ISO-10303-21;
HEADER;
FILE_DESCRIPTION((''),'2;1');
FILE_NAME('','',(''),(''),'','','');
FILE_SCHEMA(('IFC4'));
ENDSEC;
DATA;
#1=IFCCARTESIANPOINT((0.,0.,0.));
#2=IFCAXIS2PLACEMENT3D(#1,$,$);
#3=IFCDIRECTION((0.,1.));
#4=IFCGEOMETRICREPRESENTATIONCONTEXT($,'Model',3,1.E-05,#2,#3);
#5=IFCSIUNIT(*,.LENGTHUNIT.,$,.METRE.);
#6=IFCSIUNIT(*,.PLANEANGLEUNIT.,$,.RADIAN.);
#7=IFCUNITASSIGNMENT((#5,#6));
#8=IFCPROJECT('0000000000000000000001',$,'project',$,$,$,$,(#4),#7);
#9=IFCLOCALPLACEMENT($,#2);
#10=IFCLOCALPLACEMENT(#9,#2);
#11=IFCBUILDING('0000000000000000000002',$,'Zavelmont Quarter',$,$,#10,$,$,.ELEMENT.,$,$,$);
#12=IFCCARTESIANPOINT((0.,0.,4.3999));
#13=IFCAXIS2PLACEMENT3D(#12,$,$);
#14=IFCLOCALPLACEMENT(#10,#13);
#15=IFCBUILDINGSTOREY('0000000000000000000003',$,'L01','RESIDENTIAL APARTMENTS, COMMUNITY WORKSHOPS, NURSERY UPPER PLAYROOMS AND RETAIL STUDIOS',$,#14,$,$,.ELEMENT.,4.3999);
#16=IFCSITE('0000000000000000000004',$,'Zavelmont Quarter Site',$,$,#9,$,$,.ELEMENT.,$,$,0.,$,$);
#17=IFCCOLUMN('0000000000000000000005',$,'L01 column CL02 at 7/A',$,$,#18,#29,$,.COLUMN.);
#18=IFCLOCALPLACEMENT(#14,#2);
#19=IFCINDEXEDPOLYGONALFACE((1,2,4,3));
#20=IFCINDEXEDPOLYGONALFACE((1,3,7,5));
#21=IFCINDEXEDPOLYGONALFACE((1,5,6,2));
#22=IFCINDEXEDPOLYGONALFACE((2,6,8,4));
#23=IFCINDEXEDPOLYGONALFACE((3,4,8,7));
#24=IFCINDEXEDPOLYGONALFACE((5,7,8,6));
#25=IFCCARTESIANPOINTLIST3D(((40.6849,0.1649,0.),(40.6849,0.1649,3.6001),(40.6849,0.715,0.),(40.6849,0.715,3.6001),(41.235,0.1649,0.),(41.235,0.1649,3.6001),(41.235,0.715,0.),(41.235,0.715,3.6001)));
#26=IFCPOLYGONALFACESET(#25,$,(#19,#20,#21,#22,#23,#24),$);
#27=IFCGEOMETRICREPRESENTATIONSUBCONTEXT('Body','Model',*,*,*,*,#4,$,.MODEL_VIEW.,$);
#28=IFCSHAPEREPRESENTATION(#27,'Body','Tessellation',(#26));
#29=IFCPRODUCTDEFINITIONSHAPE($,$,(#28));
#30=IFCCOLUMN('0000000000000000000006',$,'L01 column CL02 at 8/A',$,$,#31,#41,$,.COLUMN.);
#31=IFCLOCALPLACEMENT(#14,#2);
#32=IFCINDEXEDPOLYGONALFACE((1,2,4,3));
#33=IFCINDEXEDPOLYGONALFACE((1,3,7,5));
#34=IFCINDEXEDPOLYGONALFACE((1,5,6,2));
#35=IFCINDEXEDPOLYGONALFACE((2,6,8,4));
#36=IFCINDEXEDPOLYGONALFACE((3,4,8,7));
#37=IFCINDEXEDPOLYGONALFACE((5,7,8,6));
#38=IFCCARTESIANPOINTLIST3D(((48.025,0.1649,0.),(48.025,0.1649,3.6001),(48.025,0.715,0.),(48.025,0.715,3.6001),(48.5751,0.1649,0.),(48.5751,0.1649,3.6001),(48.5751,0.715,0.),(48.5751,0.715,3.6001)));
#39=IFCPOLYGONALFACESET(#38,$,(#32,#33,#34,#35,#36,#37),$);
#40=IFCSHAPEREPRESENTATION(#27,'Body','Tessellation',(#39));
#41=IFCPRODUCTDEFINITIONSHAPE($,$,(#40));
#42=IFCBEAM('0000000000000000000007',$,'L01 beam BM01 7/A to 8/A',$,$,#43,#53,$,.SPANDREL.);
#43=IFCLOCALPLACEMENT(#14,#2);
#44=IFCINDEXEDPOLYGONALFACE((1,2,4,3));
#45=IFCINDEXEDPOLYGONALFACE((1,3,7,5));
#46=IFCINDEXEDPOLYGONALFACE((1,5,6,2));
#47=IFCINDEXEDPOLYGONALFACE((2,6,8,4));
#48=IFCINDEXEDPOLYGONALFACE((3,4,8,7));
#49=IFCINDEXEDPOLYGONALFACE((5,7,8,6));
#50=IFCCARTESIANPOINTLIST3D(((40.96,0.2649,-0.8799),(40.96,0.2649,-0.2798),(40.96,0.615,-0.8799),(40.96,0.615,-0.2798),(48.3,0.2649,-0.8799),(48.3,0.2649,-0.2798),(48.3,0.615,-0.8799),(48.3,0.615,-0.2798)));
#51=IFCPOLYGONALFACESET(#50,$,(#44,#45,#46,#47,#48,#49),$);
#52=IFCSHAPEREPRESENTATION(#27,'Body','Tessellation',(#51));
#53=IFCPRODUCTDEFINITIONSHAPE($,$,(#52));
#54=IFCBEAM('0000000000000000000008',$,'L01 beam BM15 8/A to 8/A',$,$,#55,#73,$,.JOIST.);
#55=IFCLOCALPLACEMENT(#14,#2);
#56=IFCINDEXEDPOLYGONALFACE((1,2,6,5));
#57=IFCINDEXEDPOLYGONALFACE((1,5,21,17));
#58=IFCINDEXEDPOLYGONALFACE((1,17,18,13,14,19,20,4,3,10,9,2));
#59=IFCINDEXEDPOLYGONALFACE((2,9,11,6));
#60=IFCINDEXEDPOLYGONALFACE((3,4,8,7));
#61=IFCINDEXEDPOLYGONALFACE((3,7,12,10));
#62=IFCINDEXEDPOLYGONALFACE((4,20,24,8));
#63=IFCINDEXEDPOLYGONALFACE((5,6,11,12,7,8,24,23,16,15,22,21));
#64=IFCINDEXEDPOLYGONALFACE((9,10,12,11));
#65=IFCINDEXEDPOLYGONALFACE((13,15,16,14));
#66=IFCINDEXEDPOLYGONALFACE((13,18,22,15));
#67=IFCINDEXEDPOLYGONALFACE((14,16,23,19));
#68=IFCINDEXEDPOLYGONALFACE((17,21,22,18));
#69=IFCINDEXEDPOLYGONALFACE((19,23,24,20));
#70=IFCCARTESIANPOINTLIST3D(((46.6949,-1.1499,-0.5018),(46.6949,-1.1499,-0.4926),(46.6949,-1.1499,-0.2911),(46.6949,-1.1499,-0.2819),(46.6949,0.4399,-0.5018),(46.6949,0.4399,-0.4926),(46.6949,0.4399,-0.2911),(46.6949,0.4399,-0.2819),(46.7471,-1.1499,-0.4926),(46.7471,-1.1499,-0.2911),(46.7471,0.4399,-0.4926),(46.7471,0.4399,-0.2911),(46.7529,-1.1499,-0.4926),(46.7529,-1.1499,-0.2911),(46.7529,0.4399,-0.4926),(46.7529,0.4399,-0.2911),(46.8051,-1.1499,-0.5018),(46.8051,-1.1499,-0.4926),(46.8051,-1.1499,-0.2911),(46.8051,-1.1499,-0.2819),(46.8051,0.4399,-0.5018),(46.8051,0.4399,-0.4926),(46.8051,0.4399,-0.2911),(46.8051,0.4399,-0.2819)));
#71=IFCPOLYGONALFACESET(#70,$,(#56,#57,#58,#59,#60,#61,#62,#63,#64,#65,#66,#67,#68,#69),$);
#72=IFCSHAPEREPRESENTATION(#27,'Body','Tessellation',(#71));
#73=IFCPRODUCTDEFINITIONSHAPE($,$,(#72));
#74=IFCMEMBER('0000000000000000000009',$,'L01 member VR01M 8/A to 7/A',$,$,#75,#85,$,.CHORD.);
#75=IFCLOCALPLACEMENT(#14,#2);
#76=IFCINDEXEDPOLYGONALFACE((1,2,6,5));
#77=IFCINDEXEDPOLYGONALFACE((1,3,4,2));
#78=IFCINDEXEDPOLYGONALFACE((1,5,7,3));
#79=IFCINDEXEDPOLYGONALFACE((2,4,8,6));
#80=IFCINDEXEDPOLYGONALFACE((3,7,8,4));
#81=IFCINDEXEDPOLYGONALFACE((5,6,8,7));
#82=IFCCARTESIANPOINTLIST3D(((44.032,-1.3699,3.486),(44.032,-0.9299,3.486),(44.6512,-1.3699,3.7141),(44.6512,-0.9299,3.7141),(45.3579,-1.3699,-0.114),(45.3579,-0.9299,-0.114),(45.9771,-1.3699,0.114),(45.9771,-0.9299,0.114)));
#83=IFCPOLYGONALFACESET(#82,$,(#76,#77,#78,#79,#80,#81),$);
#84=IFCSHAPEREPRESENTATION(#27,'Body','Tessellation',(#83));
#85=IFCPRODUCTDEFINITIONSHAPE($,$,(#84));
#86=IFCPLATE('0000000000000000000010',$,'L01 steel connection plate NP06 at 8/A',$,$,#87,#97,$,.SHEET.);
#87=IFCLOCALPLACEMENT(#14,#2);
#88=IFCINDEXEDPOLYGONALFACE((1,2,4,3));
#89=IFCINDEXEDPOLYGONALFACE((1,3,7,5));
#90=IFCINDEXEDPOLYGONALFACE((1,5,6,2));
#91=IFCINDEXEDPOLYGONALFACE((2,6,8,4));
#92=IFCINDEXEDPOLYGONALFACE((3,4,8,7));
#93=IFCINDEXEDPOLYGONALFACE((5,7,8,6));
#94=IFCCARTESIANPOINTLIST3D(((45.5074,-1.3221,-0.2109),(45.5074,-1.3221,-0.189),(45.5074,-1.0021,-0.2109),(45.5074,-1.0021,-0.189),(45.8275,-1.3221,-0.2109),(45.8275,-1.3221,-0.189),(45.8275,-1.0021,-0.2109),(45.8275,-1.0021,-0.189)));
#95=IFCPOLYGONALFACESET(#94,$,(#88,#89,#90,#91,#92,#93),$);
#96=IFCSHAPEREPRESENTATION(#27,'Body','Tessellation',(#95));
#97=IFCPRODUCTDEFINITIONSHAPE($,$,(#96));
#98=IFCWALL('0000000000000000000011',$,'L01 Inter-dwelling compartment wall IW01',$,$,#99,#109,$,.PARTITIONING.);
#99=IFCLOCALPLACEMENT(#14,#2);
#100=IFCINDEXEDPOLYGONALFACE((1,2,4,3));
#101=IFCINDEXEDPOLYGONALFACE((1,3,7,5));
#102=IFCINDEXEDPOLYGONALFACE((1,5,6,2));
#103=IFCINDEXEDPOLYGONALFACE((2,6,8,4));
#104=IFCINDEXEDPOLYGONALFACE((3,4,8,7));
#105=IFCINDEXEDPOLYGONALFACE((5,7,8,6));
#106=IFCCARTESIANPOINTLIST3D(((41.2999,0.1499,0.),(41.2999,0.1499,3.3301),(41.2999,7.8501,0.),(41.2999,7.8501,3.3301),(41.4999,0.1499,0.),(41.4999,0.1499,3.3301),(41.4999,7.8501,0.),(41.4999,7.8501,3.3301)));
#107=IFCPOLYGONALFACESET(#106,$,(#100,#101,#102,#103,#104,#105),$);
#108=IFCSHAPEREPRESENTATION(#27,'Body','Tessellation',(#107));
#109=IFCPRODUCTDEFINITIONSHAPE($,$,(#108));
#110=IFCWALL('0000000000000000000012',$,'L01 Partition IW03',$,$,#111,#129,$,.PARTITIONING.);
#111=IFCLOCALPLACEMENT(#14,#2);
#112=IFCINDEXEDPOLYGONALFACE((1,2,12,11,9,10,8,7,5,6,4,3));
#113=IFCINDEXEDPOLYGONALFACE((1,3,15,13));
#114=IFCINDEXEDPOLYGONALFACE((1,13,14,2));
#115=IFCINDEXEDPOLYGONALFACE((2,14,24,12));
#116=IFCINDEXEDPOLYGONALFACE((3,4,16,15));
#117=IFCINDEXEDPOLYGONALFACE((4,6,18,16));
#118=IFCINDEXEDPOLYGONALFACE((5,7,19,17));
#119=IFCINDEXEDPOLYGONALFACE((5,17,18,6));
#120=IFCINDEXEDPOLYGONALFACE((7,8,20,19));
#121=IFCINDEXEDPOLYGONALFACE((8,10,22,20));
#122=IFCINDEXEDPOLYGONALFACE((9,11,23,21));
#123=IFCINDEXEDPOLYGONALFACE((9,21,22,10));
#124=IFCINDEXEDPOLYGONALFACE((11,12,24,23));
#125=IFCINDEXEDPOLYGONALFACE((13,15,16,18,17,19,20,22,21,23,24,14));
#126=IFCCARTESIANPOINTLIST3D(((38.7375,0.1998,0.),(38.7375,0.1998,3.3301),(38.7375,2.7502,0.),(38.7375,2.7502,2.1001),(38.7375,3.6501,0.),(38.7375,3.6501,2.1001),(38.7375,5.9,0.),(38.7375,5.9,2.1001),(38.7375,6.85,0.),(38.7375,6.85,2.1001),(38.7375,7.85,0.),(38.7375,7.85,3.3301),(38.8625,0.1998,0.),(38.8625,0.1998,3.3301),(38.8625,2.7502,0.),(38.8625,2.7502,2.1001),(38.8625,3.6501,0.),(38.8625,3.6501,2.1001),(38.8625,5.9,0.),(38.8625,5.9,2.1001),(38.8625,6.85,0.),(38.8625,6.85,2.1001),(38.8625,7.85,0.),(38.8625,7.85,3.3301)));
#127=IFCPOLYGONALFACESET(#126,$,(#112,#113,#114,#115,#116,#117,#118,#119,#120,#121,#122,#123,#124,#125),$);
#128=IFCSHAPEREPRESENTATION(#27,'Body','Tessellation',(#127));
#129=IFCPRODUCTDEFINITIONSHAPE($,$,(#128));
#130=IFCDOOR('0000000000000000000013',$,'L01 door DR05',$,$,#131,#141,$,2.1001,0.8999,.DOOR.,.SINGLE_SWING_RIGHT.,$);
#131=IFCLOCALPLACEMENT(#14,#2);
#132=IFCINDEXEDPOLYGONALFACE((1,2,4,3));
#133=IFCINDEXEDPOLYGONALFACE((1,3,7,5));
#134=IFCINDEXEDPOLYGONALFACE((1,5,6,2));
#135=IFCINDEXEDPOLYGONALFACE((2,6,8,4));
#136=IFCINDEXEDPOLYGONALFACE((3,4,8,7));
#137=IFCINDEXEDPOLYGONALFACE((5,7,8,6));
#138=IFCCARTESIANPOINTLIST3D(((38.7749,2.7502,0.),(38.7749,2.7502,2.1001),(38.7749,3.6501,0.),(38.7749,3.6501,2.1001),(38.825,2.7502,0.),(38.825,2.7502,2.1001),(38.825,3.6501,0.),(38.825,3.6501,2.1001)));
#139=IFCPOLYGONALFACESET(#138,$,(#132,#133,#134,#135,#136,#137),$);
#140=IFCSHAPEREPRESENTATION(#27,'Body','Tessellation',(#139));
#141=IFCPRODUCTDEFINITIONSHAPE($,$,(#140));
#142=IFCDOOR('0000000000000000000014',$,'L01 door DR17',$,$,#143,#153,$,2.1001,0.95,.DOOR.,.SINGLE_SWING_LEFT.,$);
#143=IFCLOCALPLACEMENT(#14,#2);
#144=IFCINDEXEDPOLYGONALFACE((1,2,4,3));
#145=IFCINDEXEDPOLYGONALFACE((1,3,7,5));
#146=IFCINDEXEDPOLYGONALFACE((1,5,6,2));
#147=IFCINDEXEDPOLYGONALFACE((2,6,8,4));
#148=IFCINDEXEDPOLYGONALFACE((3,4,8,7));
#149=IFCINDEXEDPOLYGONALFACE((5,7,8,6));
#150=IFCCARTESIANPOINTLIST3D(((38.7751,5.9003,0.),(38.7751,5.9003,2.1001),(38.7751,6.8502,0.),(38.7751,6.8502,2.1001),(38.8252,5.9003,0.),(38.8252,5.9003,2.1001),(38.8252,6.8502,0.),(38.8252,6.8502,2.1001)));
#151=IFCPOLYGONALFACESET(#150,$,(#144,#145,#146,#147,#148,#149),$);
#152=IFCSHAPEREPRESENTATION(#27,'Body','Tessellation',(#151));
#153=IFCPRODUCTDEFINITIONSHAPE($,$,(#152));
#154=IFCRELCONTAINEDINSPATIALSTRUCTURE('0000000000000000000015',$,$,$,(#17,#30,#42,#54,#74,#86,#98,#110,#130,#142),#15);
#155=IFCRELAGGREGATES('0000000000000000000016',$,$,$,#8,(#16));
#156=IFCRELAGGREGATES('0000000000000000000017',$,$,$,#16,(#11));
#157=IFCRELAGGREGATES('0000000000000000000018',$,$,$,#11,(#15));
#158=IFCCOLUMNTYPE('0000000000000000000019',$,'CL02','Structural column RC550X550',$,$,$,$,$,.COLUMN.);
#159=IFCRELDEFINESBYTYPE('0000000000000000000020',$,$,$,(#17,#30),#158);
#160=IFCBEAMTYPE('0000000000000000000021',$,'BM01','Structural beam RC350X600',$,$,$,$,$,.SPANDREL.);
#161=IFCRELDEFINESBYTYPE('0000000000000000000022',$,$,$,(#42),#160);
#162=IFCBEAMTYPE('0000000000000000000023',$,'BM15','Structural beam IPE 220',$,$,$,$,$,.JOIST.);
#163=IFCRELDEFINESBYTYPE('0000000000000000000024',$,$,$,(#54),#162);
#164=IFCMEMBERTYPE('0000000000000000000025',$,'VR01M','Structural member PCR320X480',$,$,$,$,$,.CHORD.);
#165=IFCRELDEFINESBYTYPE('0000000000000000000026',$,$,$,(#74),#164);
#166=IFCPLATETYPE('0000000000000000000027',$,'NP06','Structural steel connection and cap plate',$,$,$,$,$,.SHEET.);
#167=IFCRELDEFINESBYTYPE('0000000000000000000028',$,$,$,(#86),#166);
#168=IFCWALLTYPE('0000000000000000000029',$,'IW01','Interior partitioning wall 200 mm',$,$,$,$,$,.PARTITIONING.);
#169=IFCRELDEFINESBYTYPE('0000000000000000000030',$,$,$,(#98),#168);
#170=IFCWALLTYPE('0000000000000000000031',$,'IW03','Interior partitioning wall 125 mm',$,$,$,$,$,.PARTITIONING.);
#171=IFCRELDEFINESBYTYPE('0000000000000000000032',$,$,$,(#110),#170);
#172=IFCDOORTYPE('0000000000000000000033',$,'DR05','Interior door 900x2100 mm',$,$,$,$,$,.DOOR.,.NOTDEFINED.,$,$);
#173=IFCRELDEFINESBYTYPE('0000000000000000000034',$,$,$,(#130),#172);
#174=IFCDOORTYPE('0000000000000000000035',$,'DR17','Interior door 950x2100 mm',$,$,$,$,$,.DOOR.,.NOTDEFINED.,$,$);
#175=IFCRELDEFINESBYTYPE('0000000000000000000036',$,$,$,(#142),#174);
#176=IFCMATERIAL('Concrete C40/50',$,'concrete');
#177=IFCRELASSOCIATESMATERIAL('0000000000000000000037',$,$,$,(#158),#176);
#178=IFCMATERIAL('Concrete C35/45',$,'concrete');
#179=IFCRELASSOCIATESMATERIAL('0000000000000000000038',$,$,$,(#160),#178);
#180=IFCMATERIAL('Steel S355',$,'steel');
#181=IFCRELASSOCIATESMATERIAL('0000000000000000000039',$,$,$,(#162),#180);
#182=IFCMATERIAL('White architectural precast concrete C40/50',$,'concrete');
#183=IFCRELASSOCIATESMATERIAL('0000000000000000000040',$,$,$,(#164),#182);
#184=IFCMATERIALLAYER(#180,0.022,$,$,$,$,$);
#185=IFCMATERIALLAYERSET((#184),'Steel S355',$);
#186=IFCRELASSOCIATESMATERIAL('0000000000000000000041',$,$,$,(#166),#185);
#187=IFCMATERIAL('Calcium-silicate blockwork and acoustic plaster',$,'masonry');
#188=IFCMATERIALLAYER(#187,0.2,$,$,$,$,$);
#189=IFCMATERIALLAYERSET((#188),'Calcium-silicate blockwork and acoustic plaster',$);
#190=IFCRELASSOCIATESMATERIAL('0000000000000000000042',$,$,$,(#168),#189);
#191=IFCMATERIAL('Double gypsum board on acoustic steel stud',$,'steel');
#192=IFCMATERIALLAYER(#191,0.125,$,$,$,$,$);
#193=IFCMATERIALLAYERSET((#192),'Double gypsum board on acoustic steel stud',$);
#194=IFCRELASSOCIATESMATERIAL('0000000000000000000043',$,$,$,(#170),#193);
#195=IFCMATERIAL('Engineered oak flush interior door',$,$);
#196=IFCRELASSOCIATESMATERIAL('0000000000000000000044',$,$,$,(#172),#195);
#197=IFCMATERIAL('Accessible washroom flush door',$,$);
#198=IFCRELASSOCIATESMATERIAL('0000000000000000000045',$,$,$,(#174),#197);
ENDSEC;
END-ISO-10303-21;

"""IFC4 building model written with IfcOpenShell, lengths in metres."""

from ifc_helpers import new_model, si_unit, direction, frame, frame_2d, origin, origin_with_axes, origin_2d, place, context, subcontext, project, spatial, rectangle, i_section, extrude, material, layer, layer_set, material_profile, profile_set, type_object, element, fill, save


model = new_model("IFC4")

# Units and contexts
model_context = context("Model", 3, precision=1e-05, world=origin(), true_north=direction((0.0, 1.0)))
body_context = subcontext(model_context, "Body", "Model", "MODEL_VIEW")
ifc_project = project(units=[si_unit("LENGTHUNIT", "METRE"), si_unit("PLANEANGLEUNIT", "RADIAN")], contexts=[model_context])

# Site, building, storey
site_placement = place(None, origin())
site = spatial("IfcSite", under=ifc_project, at=site_placement, Name="Zavelmont Quarter Site", CompositionType="ELEMENT", RefElevation=0.0)
building_placement = place(site_placement, origin())
building = spatial("IfcBuilding", under=site, at=building_placement, Name="Zavelmont Quarter", CompositionType="ELEMENT")
storey_placement = place(building_placement, frame((0.0, 0.0, 4.3999)))
storey = spatial("IfcBuildingStorey", under=building, at=storey_placement, Name="L01", Description="RESIDENTIAL APARTMENTS, COMMUNITY WORKSHOPS, NURSERY UPPER PLAYROOMS AND RETAIL STUDIOS", CompositionType="ELEMENT", Elevation=4.3999)

# Columns
ifc_material_1 = material(Name="Concrete C40/50", Category="concrete")
ifc_material_profile_1 = material_profile(ifc_material_1, rectangle(XDim=0.55, YDim=0.55, at=origin_2d()), Name="RC550X550")
ifc_profile_set_1 = profile_set([ifc_material_profile_1], Name="Concrete C40/50")
column_type = type_object("IfcColumnType", Name="CL02", Description="Structural column RC550X550", PredefinedType="COLUMN", material=ifc_profile_set_1)
for number, where, z_axis, x_axis, name in (
    (1, (40.96, 0.4399, 0.0), (0.0, 0.0, 1.0), (1.0, 0.0, 0.0), "L01 column CL02 at 7/A"),
    (2, (48.3, 0.4399, 0.0), (0.0, 0.0, 1.0), (1.0, 0.0, 0.0), "L01 column CL02 at 8/A"),
):
    element("IfcColumn", number, at=place(storey_placement, frame(where, z_axis=z_axis, x_axis=x_axis)), inside=storey, type_object=column_type, Name=name, PredefinedType="COLUMN", context=body_context, shape_type="SweptSolid", body=[
        extrude(rectangle(XDim=0.55, YDim=0.55, at=origin_2d()), origin(), (0.0, 0.0, 1.0), 3.6001),
    ])

# Beams
ifc_material_2 = material(Name="Concrete C35/45", Category="concrete")
ifc_material_profile_2 = material_profile(ifc_material_2, rectangle(XDim=0.3501, YDim=0.6001, at=origin_2d()), Name="RC350X600")
ifc_profile_set_2 = profile_set([ifc_material_profile_2], Name="Concrete C35/45")
beam_type_1 = type_object("IfcBeamType", Name="BM01", Description="Structural beam RC350X600", PredefinedType="SPANDREL", material=ifc_profile_set_2)
beam_1_placement = place(storey_placement, frame((40.96, 0.4399, -0.5798), z_axis=(1.0, 0.0, 0.0), x_axis=(0.0, 1.0, 0.0)))
element("IfcBeam", 3, at=beam_1_placement, inside=storey, type_object=beam_type_1, Name="L01 beam BM01 7/A to 8/A", PredefinedType="SPANDREL", context=body_context, shape_type="SweptSolid", body=[
    extrude(rectangle(XDim=0.3501, YDim=0.6001, at=origin_2d()), origin(), (0.0, 0.0, 1.0), 7.3401),
])
ifc_material_3 = material(Name="Steel S355", Category="steel")
ifc_material_profile_3 = material_profile(ifc_material_3, i_section(OverallWidth=0.1101, OverallDepth=0.22, WebThickness=0.0059, FlangeThickness=0.0093, at=origin_2d()), Name="IPE 220")
ifc_profile_set_3 = profile_set([ifc_material_profile_3], Name="Steel S355")
beam_type_2 = type_object("IfcBeamType", Name="BM15", Description="Structural beam IPE 220", PredefinedType="JOIST", material=ifc_profile_set_3)
beam_2_placement = place(storey_placement, frame((46.75, 0.4399, -0.3918), z_axis=(0.0, -1.0, 0.0), x_axis=(1.0, 0.0, 0.0)))
element("IfcBeam", 4, at=beam_2_placement, inside=storey, type_object=beam_type_2, Name="L01 beam BM15 8/A to 8/A", PredefinedType="JOIST", context=body_context, shape_type="SweptSolid", body=[
    extrude(i_section(OverallWidth=0.1101, OverallDepth=0.22, WebThickness=0.0059, FlangeThickness=0.0093, at=origin_2d()), origin(), (0.0, 0.0, 1.0), 1.5898),
])

# Member
ifc_material_4 = material(Name="White architectural precast concrete C40/50", Category="concrete")
ifc_material_profile_4 = material_profile(ifc_material_4, rectangle(XDim=0.4399, YDim=0.6599, at=origin_2d()), Name="PCR320X480")
ifc_profile_set_4 = profile_set([ifc_material_profile_4], Name="White architectural precast concrete C40/50")
member_type = type_object("IfcMemberType", Name="VR01M", Description="Structural member PCR320X480", PredefinedType="CHORD", material=ifc_profile_set_4)
member_placement = place(storey_placement, frame((45.6675, -1.1499, 0.0), z_axis=(-0.345608, 0.0, 0.938379), x_axis=(0.0, -1.0, 0.0)))
element("IfcMember", 5, at=member_placement, inside=storey, type_object=member_type, Name="L01 member VR01M 8/A to 7/A", PredefinedType="CHORD", context=body_context, shape_type="SweptSolid", body=[
    extrude(rectangle(XDim=0.4399, YDim=0.6599, at=origin_2d()), origin(), (0.0, 0.0, 1.0), 3.8364),
])

# Plate
ifc_layer_1 = layer(ifc_material_3, 0.022)
ifc_layer_set_1 = layer_set([ifc_layer_1], Name="Steel S355")
plate_type = type_object("IfcPlateType", Name="NP06", Description="Structural steel connection and cap plate", PredefinedType="SHEET", material=ifc_layer_set_1)
plate_placement = place(storey_placement, frame((45.6675, -1.1621, -0.2109), z_axis=(0.0, 0.0, 1.0), x_axis=(1.0, 0.0, 0.0)))
element("IfcPlate", 6, at=plate_placement, inside=storey, type_object=plate_type, Name="L01 steel connection plate NP06 at 8/A", PredefinedType="SHEET", context=body_context, shape_type="SweptSolid", body=[
    extrude(rectangle(XDim=0.3201, YDim=0.3201, at=origin_2d()), origin(), (0.0, 0.0, 1.0), 0.022),
])

# Wall
ifc_material_5 = material(Name="Calcium-silicate blockwork and acoustic plaster", Category="masonry")
ifc_layer_2 = layer(ifc_material_5, 0.2)
ifc_layer_set_2 = layer_set([ifc_layer_2], Name="Calcium-silicate blockwork and acoustic plaster")
wall_type_1 = type_object("IfcWallType", Name="IW01", Description="Interior partitioning wall 200 mm", PredefinedType="PARTITIONING", material=ifc_layer_set_2)
wall_1_placement = place(storey_placement, frame((41.3999, 7.8501, 0.0), z_axis=(0.0, 0.0, 1.0), x_axis=(0.0, -1.0, 0.0)))
element("IfcWall", 7, at=wall_1_placement, inside=storey, type_object=wall_type_1, Name="L01 Inter-dwelling compartment wall IW01", PredefinedType="PARTITIONING", context=body_context, shape_type="SweptSolid", body=[
    extrude(rectangle(XDim=7.7002, YDim=0.2, at=frame_2d((3.8501, 0.0))), origin(), (0.0, 0.0, 1.0), 3.3301),
])

# Wall, openings, doors
ifc_material_6 = material(Name="Double gypsum board on acoustic steel stud", Category="steel")
ifc_layer_3 = layer(ifc_material_6, 0.125)
ifc_layer_set_3 = layer_set([ifc_layer_3], Name="Double gypsum board on acoustic steel stud")
wall_type_2 = type_object("IfcWallType", Name="IW03", Description="Interior partitioning wall 125 mm", PredefinedType="PARTITIONING", material=ifc_layer_set_3)
wall_2_placement = place(storey_placement, frame((38.8, 7.8501, 0.0), z_axis=(0.0, 0.0, 1.0), x_axis=(0.0, -1.0, 0.0)))
wall_2 = element("IfcWall", 8, at=wall_2_placement, inside=storey, type_object=wall_type_2, Name="L01 Partition IW03", PredefinedType="PARTITIONING", context=body_context, shape_type="SweptSolid", body=[
    extrude(rectangle(XDim=7.6501, YDim=0.125, at=frame_2d((3.8252, 0.0))), origin(), (0.0, 0.0, 1.0), 3.3301),
])
opening_1_placement = place(wall_2_placement, frame((1.0, 0.0, 0.0)))
opening_1 = element("IfcOpeningElement", 9, at=opening_1_placement, cuts=wall_2, PredefinedType="OPENING", context=body_context, shape_type="SweptSolid", body=[
    extrude(rectangle(XDim=0.95, YDim=2.1001, at=frame_2d((0.4751, 1.05))), frame((0.0, 0.0745, 0.0), z_axis=(0.0, -1.0, 0.0), x_axis=(1.0, 0.0, 0.0)), (0.0, 0.0, 1.0), 0.1489),
])
opening_2_placement = place(wall_2_placement, frame((4.2, 0.0, 0.0)))
opening_2 = element("IfcOpeningElement", 10, at=opening_2_placement, cuts=wall_2, PredefinedType="OPENING", context=body_context, shape_type="SweptSolid", body=[
    extrude(rectangle(XDim=0.8999, YDim=2.1001, at=frame_2d((0.45, 1.05))), frame((0.0, 0.0745, 0.0), z_axis=(0.0, -1.0, 0.0), x_axis=(1.0, 0.0, 0.0)), (0.0, 0.0, 1.0), 0.1489),
])
ifc_material_7 = material(Name="Engineered oak flush interior door")
door_type_1 = type_object("IfcDoorType", Name="DR05", Description="Interior door 900x2100 mm", OperationType="NOTDEFINED", PredefinedType="DOOR", material=ifc_material_7)
door_1_placement = place(opening_2_placement, origin_with_axes())
door_1 = element("IfcDoor", 11, at=door_1_placement, inside=storey, type_object=door_type_1, Name="L01 door DR05", OperationType="SINGLE_SWING_RIGHT", OverallHeight=2.1001, OverallWidth=0.8999, PredefinedType="DOOR", context=body_context, shape_type="SweptSolid", body=[
    extrude(rectangle(XDim=0.8999, YDim=2.1001, at=frame_2d((0.45, 1.05))), frame((0.0, 0.0249, 0.0), z_axis=(0.0, -1.0, 0.0), x_axis=(1.0, 0.0, 0.0)), (0.0, 0.0, 1.0), 0.05),
])
fill(opening_2, door_1)
ifc_material_8 = material(Name="Accessible washroom flush door")
door_type_2 = type_object("IfcDoorType", Name="DR17", Description="Interior door 950x2100 mm", OperationType="NOTDEFINED", PredefinedType="DOOR", material=ifc_material_8)
door_2_placement = place(opening_1_placement, frame((0.95, 0.0, 0.0), z_axis=(0.0, 0.0, 1.0), x_axis=(-1.0, 0.0, 0.0)))
door_2 = element("IfcDoor", 12, at=door_2_placement, inside=storey, type_object=door_type_2, Name="L01 door DR17", OperationType="SINGLE_SWING_LEFT", OverallHeight=2.1001, OverallWidth=0.95, PredefinedType="DOOR", context=body_context, shape_type="SweptSolid", body=[
    extrude(rectangle(XDim=0.95, YDim=2.1001, at=frame_2d((0.4751, 1.05))), frame((0.0, 0.0249, 0.0), z_axis=(0.0, -1.0, 0.0), x_axis=(1.0, 0.0, 0.0)), (0.0, 0.0, 1.0), 0.05),
])
fill(opening_1, door_2)

save(model, "model.ifc")
